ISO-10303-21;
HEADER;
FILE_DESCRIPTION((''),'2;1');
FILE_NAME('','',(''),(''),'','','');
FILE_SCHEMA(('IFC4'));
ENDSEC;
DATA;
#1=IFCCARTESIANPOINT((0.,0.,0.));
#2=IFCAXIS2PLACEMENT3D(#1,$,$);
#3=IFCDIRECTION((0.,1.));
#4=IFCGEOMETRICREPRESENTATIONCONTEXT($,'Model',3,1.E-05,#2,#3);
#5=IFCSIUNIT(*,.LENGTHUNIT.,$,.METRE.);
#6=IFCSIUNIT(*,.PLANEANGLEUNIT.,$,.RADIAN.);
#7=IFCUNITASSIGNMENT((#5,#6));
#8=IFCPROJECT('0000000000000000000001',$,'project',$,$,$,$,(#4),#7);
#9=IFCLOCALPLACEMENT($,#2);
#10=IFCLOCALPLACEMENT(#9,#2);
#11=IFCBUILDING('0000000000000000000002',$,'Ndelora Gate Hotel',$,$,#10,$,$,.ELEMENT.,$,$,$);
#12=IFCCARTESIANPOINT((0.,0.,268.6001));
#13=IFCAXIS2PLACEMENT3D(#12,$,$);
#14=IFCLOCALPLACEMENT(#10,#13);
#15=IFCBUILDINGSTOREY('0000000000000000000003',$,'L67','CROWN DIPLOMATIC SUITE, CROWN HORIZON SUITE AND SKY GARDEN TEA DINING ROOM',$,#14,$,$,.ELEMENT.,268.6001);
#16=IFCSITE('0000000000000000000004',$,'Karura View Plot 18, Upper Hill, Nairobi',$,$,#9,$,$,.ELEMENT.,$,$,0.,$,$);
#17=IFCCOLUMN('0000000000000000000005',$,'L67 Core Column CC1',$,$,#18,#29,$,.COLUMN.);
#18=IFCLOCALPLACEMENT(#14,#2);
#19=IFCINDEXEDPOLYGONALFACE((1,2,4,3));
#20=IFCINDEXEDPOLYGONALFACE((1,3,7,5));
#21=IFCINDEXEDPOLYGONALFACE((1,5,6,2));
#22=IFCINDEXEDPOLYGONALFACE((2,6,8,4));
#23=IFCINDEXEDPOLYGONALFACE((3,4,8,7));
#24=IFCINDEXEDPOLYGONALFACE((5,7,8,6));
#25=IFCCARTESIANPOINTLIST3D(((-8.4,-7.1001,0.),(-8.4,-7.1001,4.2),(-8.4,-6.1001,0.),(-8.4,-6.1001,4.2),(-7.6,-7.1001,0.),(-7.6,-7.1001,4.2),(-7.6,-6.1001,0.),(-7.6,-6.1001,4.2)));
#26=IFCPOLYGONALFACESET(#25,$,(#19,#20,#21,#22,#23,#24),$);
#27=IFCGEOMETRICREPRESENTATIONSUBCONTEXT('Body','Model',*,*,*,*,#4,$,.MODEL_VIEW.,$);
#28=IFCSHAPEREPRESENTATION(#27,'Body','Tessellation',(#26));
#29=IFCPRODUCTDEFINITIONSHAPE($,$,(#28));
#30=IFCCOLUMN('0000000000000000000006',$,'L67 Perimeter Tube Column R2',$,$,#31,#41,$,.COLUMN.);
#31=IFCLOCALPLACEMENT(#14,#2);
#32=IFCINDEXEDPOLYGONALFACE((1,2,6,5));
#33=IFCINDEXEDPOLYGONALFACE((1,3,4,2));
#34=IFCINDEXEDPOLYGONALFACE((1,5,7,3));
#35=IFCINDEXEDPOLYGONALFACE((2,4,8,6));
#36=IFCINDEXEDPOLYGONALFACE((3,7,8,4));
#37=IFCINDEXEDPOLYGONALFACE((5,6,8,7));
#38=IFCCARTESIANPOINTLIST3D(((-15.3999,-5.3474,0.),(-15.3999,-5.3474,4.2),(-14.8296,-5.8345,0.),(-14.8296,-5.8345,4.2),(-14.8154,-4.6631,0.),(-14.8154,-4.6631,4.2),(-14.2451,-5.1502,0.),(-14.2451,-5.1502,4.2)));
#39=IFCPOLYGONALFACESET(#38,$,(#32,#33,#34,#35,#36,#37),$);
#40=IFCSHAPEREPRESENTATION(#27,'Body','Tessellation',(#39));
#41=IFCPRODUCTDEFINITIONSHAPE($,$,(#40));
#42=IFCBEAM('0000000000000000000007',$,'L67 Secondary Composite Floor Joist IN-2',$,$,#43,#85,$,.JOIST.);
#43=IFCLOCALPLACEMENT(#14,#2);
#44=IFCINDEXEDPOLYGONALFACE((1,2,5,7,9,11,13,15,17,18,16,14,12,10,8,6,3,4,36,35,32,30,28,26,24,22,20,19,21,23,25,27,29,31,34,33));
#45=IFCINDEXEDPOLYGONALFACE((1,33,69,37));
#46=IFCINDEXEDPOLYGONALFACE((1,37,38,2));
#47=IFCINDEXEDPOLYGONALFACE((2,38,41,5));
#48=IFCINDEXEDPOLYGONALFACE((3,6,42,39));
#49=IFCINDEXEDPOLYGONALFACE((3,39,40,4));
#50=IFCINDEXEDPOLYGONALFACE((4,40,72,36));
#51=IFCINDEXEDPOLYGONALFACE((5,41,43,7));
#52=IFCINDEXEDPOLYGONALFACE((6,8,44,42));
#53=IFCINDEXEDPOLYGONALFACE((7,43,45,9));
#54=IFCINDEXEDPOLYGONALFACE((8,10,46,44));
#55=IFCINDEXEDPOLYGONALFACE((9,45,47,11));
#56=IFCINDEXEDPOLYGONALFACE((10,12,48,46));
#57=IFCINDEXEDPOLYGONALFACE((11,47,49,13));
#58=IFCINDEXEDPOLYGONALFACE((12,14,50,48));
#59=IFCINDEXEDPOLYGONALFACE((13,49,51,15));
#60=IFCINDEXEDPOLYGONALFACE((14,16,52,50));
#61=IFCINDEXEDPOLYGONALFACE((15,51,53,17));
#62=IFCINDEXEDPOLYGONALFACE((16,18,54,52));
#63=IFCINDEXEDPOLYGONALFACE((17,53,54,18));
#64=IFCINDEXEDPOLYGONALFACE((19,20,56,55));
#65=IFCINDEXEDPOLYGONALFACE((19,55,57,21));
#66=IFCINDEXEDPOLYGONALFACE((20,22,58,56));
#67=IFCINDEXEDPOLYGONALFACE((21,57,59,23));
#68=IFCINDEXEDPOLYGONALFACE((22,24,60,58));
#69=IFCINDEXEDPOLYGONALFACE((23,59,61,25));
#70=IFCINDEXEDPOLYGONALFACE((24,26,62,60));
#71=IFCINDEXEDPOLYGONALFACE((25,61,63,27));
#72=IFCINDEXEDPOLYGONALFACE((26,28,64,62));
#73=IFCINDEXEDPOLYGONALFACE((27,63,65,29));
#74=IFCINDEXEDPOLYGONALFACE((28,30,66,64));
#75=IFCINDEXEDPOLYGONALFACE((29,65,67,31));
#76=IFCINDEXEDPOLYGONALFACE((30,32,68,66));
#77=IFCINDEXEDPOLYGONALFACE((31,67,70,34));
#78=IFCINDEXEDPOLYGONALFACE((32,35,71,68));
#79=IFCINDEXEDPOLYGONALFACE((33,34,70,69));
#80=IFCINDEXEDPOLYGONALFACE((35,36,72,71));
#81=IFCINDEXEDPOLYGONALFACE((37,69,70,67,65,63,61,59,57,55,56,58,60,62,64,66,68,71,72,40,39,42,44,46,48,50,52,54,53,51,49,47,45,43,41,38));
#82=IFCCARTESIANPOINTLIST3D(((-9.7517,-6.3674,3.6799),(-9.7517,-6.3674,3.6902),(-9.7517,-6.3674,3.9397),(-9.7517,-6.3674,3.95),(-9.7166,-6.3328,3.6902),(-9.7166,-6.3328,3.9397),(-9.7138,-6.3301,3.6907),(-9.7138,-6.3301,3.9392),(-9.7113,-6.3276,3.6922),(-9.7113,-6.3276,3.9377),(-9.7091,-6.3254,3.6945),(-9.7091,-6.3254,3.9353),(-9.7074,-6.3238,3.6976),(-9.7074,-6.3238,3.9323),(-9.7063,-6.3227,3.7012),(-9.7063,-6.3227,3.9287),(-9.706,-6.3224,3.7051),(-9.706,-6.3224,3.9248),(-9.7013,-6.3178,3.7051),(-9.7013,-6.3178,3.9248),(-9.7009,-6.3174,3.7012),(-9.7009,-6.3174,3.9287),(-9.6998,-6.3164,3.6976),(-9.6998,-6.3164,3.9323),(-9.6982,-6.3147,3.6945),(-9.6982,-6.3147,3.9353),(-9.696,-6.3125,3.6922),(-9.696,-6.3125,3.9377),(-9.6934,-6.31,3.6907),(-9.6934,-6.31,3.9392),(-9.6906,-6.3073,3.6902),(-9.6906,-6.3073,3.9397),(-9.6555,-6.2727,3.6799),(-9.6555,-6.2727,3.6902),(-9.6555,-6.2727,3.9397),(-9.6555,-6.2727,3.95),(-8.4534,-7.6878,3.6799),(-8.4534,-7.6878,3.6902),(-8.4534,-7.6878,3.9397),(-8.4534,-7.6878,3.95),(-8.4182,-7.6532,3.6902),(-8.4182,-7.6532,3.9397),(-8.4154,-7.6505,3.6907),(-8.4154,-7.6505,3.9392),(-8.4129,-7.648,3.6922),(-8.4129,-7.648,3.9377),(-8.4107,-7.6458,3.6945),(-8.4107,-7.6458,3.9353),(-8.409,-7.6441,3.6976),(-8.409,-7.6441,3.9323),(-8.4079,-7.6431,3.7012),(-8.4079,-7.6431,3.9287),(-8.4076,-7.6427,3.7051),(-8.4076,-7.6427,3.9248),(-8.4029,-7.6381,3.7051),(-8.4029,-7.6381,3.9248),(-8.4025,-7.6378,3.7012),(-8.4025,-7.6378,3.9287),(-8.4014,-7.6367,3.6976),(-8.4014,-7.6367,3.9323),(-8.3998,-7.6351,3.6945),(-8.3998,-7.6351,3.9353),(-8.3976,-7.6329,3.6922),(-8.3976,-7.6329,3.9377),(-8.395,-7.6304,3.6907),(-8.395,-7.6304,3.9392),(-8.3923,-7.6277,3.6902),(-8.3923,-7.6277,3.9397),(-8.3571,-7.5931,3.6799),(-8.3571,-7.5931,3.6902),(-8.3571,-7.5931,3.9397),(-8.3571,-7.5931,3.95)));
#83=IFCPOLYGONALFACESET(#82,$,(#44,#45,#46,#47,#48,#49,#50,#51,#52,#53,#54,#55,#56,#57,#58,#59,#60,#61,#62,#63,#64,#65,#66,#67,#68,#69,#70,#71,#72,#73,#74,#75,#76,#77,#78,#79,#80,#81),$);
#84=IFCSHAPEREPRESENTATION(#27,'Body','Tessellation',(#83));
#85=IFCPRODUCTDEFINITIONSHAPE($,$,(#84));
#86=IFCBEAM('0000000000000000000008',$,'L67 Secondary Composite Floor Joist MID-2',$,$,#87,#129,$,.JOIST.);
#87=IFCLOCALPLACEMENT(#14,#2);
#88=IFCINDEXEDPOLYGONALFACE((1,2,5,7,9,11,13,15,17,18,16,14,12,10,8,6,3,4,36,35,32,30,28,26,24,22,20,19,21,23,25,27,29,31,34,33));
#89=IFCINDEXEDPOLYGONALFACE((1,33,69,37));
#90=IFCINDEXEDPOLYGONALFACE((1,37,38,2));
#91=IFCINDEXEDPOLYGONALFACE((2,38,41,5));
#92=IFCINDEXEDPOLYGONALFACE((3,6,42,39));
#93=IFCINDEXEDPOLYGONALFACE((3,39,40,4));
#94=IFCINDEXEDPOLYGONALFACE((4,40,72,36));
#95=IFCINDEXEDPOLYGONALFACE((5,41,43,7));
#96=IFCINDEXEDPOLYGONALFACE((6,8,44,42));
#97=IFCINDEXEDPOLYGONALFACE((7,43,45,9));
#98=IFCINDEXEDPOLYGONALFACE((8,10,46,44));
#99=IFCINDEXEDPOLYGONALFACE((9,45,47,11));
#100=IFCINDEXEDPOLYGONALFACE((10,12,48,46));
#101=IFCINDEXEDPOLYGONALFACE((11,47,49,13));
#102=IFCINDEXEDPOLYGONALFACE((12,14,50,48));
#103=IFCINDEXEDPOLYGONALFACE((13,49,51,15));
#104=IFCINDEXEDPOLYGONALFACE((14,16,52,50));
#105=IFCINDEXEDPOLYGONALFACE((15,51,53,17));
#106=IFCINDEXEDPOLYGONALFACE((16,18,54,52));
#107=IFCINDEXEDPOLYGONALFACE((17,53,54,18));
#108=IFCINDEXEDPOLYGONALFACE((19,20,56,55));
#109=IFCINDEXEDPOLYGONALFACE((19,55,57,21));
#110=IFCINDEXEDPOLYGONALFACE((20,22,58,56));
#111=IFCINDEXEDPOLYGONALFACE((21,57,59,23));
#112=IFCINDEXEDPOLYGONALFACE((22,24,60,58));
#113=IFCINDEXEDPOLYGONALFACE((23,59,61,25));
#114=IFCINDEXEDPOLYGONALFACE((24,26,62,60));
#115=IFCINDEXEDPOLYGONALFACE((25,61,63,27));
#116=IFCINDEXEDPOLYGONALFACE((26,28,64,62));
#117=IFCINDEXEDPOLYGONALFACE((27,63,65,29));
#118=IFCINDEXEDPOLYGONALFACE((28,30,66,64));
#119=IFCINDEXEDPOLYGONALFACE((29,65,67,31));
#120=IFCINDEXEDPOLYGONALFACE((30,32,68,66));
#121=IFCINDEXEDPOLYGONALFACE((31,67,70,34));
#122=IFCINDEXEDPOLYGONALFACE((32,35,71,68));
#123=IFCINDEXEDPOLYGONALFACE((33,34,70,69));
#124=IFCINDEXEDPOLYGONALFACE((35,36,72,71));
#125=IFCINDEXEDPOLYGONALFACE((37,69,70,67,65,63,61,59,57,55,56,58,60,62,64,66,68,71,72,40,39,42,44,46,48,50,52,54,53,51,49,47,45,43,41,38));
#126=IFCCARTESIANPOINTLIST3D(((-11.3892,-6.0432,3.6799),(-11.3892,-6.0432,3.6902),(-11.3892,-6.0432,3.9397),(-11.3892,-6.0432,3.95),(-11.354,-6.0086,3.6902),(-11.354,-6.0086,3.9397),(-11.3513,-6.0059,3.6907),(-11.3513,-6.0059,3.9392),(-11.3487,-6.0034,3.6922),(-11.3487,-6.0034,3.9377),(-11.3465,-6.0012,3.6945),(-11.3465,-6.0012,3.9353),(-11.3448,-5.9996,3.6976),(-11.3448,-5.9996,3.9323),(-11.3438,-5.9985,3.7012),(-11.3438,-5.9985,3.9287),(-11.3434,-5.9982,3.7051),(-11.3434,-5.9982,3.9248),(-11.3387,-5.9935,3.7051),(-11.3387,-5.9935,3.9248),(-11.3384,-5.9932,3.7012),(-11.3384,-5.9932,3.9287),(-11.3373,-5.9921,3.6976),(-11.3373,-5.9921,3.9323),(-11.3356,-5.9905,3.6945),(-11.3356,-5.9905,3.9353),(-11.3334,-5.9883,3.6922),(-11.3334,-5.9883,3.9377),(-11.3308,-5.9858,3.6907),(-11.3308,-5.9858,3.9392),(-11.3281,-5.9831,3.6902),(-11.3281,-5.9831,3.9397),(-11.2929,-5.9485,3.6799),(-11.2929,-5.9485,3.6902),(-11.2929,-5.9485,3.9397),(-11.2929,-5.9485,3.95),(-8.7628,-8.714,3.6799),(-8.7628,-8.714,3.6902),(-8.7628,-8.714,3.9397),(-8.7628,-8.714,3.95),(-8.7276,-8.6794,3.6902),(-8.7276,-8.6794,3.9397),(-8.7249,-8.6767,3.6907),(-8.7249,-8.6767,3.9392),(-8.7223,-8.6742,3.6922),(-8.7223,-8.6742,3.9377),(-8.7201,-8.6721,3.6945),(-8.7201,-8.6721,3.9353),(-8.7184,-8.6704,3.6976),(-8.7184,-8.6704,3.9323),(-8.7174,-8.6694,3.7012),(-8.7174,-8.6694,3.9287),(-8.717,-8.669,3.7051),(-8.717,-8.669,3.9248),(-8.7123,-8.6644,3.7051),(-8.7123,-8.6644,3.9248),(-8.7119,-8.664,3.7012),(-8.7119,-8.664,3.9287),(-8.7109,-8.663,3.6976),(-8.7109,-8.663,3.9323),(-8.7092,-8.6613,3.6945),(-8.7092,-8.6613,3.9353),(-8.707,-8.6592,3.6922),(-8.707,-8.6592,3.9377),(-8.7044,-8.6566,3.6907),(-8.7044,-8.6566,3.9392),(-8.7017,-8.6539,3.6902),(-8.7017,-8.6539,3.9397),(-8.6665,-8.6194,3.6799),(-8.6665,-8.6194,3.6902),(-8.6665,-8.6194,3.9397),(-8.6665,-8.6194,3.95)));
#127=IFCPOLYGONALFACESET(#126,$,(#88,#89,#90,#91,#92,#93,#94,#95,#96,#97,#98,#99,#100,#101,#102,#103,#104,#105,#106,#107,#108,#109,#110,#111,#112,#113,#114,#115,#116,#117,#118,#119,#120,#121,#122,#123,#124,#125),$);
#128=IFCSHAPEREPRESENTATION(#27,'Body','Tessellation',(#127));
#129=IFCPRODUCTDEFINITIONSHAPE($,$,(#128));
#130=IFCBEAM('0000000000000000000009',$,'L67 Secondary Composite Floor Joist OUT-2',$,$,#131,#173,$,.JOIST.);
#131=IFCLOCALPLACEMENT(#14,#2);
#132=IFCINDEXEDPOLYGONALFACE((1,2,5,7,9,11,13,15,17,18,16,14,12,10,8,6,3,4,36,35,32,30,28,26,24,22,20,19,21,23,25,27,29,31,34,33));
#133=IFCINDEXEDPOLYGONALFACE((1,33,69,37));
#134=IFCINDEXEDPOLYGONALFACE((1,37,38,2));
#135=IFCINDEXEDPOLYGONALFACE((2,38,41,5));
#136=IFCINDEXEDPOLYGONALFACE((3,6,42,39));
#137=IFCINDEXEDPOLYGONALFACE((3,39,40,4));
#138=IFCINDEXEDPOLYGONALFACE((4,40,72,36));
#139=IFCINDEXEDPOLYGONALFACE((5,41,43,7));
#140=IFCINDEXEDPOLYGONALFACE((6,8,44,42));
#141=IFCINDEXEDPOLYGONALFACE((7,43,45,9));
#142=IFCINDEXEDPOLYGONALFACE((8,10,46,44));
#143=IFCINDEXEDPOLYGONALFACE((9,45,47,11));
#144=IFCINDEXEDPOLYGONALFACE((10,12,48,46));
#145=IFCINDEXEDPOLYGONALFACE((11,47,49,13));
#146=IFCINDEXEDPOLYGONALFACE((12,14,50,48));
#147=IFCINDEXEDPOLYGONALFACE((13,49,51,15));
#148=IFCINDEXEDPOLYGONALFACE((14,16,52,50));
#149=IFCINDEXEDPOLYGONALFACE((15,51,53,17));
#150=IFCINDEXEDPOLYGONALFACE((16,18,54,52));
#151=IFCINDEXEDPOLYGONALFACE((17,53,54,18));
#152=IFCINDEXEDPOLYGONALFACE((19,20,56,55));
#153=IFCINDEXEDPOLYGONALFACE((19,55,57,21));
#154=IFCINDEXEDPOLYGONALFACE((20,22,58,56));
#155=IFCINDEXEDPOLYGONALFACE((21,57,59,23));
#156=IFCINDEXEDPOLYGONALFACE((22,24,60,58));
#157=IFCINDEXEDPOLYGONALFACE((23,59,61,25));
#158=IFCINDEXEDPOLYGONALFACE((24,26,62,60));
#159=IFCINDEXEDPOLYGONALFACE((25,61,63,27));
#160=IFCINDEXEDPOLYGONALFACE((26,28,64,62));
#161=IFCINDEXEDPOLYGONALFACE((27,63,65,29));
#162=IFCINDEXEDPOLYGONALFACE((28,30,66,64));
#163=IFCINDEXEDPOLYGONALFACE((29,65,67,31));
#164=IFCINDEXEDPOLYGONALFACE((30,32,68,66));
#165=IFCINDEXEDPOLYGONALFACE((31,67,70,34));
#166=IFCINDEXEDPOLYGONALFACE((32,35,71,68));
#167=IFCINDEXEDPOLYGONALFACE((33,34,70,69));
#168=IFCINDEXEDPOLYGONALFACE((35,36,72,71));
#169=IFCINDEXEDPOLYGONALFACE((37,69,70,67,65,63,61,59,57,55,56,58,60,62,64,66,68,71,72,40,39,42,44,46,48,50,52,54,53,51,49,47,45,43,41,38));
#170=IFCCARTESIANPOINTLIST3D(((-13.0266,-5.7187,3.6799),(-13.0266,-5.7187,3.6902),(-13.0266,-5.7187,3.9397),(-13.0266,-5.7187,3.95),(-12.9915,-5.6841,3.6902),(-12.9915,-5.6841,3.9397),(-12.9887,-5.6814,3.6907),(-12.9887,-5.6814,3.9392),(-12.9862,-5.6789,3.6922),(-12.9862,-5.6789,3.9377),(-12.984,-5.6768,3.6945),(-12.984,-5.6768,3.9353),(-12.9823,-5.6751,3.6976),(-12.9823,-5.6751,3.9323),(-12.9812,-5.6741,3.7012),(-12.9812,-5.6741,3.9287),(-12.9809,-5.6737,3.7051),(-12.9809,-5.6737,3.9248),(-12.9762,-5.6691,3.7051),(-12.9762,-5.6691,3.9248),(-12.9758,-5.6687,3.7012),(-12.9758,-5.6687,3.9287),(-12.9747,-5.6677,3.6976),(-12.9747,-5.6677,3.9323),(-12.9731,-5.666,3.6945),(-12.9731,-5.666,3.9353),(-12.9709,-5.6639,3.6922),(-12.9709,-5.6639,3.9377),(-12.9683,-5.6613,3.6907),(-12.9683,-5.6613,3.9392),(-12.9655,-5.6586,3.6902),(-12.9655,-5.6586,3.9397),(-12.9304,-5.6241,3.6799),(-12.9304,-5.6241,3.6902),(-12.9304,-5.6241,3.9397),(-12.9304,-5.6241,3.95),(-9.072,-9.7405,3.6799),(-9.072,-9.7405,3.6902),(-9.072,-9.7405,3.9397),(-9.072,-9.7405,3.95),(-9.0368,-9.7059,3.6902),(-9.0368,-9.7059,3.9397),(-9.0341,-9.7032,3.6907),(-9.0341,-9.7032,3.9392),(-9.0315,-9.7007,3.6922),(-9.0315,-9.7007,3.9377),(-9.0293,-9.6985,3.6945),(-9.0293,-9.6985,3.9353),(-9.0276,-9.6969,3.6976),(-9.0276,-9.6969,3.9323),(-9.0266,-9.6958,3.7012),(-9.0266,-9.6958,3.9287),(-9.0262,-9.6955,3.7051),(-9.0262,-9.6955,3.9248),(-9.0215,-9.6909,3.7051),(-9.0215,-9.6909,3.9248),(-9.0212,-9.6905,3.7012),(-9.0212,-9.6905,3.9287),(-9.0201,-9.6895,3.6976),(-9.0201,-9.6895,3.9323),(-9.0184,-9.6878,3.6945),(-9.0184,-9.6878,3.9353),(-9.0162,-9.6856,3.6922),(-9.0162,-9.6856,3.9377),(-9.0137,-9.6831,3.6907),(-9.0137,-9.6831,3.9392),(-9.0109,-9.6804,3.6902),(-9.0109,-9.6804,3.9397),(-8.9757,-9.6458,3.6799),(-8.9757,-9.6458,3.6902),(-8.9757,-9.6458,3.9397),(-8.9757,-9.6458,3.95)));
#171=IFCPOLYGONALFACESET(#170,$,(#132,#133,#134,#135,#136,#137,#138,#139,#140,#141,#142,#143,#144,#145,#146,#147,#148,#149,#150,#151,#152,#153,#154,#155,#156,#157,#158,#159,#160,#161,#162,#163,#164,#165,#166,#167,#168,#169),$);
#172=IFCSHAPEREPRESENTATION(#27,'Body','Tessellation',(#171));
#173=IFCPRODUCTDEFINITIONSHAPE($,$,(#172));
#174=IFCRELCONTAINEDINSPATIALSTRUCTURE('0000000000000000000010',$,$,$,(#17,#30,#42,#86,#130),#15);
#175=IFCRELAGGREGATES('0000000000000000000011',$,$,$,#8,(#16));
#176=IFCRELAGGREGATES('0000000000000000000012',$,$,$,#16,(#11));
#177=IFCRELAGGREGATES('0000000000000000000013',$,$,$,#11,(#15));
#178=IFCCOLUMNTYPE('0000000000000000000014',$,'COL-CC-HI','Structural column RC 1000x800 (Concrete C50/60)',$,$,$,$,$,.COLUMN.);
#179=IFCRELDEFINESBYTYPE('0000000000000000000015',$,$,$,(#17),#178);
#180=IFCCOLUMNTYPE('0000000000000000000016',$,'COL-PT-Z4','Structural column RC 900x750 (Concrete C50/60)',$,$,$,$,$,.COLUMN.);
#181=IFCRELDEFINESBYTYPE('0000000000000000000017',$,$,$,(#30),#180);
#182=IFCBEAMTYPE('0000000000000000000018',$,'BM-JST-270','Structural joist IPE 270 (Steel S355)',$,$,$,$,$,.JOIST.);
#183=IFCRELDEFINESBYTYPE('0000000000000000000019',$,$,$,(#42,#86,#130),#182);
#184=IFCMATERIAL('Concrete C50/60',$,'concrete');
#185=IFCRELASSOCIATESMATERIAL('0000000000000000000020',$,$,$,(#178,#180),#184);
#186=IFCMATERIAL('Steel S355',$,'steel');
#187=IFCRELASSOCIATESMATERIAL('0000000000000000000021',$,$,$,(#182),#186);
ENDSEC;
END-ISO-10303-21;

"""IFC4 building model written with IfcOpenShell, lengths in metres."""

from ifc_helpers import new_model, si_unit, direction, frame, origin, origin_2d, place, context, subcontext, project, spatial, rectangle, i_section, extrude, material, material_profile, profile_set, type_object, element, save


model = new_model("IFC4")

# Units and contexts
model_context = context("Model", 3, precision=1e-05, world=origin(), true_north=direction((0.0, 1.0)))
body_context = subcontext(model_context, "Body", "Model", "MODEL_VIEW")
ifc_project = project(units=[si_unit("LENGTHUNIT", "METRE"), si_unit("PLANEANGLEUNIT", "RADIAN")], contexts=[model_context])

# Site, building, storey
site_placement = place(None, origin())
site = spatial("IfcSite", under=ifc_project, at=site_placement, Name="Karura View Plot 18, Upper Hill, Nairobi", CompositionType="ELEMENT", RefElevation=0.0)
building_placement = place(site_placement, origin())
building = spatial("IfcBuilding", under=site, at=building_placement, Name="Ndelora Gate Hotel", CompositionType="ELEMENT")
storey_placement = place(building_placement, frame((0.0, 0.0, 268.6001)))
storey = spatial("IfcBuildingStorey", under=building, at=storey_placement, Name="L67", Description="CROWN DIPLOMATIC SUITE, CROWN HORIZON SUITE AND SKY GARDEN TEA DINING ROOM", CompositionType="ELEMENT", Elevation=268.6001)

# Columns
ifc_material_1 = material(Name="Concrete C50/60", Category="concrete")
ifc_material_profile_1 = material_profile(ifc_material_1, rectangle(XDim=0.8, YDim=1.0, at=origin_2d()), Name="RC 1000x800")
ifc_profile_set_1 = profile_set([ifc_material_profile_1], Name="Concrete C50/60")
column_type_1 = type_object("IfcColumnType", Name="COL-CC-HI", Description="Structural column RC 1000x800 (Concrete C50/60)", PredefinedType="COLUMN", material=ifc_profile_set_1)
column_1_placement = place(storey_placement, frame((-8.0, -6.6001, 0.0), z_axis=(0.0, 0.0, 1.0), x_axis=(1.0, 0.0, 0.0)))
element("IfcColumn", 1, at=column_1_placement, inside=storey, type_object=column_type_1, Name="L67 Core Column CC1", PredefinedType="COLUMN", context=body_context, shape_type="SweptSolid", body=[
    extrude(rectangle(XDim=0.8, YDim=1.0, at=origin_2d()), origin(), (0.0, 0.0, 1.0), 4.2),
])
ifc_material_profile_2 = material_profile(ifc_material_1, rectangle(XDim=0.75, YDim=0.8999, at=origin_2d()), Name="RC 900x750")
ifc_profile_set_2 = profile_set([ifc_material_profile_2], Name="Concrete C50/60")
column_type_2 = type_object("IfcColumnType", Name="COL-PT-Z4", Description="Structural column RC 900x750 (Concrete C50/60)", PredefinedType="COLUMN", material=ifc_profile_set_2)
column_2_placement = place(storey_placement, frame((-14.8225, -5.2488, 0.0), z_axis=(0.0, 0.0, 1.0), x_axis=(-0.760406, 0.649448, 0.0)))
element("IfcColumn", 2, at=column_2_placement, inside=storey, type_object=column_type_2, Name="L67 Perimeter Tube Column R2", PredefinedType="COLUMN", context=body_context, shape_type="SweptSolid", body=[
    extrude(rectangle(XDim=0.75, YDim=0.8999, at=origin_2d()), origin(), (0.0, 0.0, 1.0), 4.2),
])

# Beams
ifc_material_2 = material(Name="Steel S355", Category="steel")
ifc_material_profile_3 = material_profile(ifc_material_2, i_section(OverallWidth=0.135, OverallDepth=0.27, WebThickness=0.0066, FlangeThickness=0.0103, FilletRadius=0.0149, at=origin_2d()), Name="IPE 270")
ifc_profile_set_3 = profile_set([ifc_material_profile_3], Name="Steel S355")
beam_type_1 = type_object("IfcBeamType", Name="BM-JST-270", Description="Structural joist IPE 270 (Steel S355)", PredefinedType="JOIST", material=ifc_profile_set_3)
beam_1_placement = place(storey_placement, frame((-9.7036, -6.3201, 3.8149), z_axis=(0.701149, -0.713015, 0.0), x_axis=(0.713015, 0.701149, 0.0)))
element("IfcBeam", 3, at=beam_1_placement, inside=storey, type_object=beam_type_1, Name="L67 Secondary Composite Floor Joist IN-2", PredefinedType="JOIST", context=body_context, shape_type="SweptSolid", body=[
    extrude(i_section(OverallWidth=0.135, OverallDepth=0.27, WebThickness=0.0066, FlangeThickness=0.0103, FilletRadius=0.0149, at=origin_2d()), origin(), (0.0, 0.0, 1.0), 1.8518),
])
beam_2_placement = place(storey_placement, frame((-11.3411, -5.9958, 3.8149), z_axis=(0.701151, -0.713013, 0.0), x_axis=(0.713013, 0.701151, 0.0)))
element("IfcBeam", 4, at=beam_2_placement, inside=storey, type_object=beam_type_1, Name="L67 Secondary Composite Floor Joist MID-2", PredefinedType="JOIST", context=body_context, shape_type="SweptSolid", body=[
    extrude(i_section(OverallWidth=0.135, OverallDepth=0.27, WebThickness=0.0066, FlangeThickness=0.0103, FilletRadius=0.0149, at=origin_2d()), origin(), (0.0, 0.0, 1.0), 3.7458),
])
beam_3_placement = place(storey_placement, frame((-12.9785, -5.6714, 3.8149), z_axis=(0.70113, -0.713033, 0.0), x_axis=(0.713033, 0.70113, 0.0)))
element("IfcBeam", 5, at=beam_3_placement, inside=storey, type_object=beam_type_1, Name="L67 Secondary Composite Floor Joist OUT-2", PredefinedType="JOIST", context=body_context, shape_type="SweptSolid", body=[
    extrude(i_section(OverallWidth=0.135, OverallDepth=0.27, WebThickness=0.0066, FlangeThickness=0.0103, FilletRadius=0.0149, at=origin_2d()), origin(), (0.0, 0.0, 1.0), 5.6404),
])

save(model, "model.ifc")
